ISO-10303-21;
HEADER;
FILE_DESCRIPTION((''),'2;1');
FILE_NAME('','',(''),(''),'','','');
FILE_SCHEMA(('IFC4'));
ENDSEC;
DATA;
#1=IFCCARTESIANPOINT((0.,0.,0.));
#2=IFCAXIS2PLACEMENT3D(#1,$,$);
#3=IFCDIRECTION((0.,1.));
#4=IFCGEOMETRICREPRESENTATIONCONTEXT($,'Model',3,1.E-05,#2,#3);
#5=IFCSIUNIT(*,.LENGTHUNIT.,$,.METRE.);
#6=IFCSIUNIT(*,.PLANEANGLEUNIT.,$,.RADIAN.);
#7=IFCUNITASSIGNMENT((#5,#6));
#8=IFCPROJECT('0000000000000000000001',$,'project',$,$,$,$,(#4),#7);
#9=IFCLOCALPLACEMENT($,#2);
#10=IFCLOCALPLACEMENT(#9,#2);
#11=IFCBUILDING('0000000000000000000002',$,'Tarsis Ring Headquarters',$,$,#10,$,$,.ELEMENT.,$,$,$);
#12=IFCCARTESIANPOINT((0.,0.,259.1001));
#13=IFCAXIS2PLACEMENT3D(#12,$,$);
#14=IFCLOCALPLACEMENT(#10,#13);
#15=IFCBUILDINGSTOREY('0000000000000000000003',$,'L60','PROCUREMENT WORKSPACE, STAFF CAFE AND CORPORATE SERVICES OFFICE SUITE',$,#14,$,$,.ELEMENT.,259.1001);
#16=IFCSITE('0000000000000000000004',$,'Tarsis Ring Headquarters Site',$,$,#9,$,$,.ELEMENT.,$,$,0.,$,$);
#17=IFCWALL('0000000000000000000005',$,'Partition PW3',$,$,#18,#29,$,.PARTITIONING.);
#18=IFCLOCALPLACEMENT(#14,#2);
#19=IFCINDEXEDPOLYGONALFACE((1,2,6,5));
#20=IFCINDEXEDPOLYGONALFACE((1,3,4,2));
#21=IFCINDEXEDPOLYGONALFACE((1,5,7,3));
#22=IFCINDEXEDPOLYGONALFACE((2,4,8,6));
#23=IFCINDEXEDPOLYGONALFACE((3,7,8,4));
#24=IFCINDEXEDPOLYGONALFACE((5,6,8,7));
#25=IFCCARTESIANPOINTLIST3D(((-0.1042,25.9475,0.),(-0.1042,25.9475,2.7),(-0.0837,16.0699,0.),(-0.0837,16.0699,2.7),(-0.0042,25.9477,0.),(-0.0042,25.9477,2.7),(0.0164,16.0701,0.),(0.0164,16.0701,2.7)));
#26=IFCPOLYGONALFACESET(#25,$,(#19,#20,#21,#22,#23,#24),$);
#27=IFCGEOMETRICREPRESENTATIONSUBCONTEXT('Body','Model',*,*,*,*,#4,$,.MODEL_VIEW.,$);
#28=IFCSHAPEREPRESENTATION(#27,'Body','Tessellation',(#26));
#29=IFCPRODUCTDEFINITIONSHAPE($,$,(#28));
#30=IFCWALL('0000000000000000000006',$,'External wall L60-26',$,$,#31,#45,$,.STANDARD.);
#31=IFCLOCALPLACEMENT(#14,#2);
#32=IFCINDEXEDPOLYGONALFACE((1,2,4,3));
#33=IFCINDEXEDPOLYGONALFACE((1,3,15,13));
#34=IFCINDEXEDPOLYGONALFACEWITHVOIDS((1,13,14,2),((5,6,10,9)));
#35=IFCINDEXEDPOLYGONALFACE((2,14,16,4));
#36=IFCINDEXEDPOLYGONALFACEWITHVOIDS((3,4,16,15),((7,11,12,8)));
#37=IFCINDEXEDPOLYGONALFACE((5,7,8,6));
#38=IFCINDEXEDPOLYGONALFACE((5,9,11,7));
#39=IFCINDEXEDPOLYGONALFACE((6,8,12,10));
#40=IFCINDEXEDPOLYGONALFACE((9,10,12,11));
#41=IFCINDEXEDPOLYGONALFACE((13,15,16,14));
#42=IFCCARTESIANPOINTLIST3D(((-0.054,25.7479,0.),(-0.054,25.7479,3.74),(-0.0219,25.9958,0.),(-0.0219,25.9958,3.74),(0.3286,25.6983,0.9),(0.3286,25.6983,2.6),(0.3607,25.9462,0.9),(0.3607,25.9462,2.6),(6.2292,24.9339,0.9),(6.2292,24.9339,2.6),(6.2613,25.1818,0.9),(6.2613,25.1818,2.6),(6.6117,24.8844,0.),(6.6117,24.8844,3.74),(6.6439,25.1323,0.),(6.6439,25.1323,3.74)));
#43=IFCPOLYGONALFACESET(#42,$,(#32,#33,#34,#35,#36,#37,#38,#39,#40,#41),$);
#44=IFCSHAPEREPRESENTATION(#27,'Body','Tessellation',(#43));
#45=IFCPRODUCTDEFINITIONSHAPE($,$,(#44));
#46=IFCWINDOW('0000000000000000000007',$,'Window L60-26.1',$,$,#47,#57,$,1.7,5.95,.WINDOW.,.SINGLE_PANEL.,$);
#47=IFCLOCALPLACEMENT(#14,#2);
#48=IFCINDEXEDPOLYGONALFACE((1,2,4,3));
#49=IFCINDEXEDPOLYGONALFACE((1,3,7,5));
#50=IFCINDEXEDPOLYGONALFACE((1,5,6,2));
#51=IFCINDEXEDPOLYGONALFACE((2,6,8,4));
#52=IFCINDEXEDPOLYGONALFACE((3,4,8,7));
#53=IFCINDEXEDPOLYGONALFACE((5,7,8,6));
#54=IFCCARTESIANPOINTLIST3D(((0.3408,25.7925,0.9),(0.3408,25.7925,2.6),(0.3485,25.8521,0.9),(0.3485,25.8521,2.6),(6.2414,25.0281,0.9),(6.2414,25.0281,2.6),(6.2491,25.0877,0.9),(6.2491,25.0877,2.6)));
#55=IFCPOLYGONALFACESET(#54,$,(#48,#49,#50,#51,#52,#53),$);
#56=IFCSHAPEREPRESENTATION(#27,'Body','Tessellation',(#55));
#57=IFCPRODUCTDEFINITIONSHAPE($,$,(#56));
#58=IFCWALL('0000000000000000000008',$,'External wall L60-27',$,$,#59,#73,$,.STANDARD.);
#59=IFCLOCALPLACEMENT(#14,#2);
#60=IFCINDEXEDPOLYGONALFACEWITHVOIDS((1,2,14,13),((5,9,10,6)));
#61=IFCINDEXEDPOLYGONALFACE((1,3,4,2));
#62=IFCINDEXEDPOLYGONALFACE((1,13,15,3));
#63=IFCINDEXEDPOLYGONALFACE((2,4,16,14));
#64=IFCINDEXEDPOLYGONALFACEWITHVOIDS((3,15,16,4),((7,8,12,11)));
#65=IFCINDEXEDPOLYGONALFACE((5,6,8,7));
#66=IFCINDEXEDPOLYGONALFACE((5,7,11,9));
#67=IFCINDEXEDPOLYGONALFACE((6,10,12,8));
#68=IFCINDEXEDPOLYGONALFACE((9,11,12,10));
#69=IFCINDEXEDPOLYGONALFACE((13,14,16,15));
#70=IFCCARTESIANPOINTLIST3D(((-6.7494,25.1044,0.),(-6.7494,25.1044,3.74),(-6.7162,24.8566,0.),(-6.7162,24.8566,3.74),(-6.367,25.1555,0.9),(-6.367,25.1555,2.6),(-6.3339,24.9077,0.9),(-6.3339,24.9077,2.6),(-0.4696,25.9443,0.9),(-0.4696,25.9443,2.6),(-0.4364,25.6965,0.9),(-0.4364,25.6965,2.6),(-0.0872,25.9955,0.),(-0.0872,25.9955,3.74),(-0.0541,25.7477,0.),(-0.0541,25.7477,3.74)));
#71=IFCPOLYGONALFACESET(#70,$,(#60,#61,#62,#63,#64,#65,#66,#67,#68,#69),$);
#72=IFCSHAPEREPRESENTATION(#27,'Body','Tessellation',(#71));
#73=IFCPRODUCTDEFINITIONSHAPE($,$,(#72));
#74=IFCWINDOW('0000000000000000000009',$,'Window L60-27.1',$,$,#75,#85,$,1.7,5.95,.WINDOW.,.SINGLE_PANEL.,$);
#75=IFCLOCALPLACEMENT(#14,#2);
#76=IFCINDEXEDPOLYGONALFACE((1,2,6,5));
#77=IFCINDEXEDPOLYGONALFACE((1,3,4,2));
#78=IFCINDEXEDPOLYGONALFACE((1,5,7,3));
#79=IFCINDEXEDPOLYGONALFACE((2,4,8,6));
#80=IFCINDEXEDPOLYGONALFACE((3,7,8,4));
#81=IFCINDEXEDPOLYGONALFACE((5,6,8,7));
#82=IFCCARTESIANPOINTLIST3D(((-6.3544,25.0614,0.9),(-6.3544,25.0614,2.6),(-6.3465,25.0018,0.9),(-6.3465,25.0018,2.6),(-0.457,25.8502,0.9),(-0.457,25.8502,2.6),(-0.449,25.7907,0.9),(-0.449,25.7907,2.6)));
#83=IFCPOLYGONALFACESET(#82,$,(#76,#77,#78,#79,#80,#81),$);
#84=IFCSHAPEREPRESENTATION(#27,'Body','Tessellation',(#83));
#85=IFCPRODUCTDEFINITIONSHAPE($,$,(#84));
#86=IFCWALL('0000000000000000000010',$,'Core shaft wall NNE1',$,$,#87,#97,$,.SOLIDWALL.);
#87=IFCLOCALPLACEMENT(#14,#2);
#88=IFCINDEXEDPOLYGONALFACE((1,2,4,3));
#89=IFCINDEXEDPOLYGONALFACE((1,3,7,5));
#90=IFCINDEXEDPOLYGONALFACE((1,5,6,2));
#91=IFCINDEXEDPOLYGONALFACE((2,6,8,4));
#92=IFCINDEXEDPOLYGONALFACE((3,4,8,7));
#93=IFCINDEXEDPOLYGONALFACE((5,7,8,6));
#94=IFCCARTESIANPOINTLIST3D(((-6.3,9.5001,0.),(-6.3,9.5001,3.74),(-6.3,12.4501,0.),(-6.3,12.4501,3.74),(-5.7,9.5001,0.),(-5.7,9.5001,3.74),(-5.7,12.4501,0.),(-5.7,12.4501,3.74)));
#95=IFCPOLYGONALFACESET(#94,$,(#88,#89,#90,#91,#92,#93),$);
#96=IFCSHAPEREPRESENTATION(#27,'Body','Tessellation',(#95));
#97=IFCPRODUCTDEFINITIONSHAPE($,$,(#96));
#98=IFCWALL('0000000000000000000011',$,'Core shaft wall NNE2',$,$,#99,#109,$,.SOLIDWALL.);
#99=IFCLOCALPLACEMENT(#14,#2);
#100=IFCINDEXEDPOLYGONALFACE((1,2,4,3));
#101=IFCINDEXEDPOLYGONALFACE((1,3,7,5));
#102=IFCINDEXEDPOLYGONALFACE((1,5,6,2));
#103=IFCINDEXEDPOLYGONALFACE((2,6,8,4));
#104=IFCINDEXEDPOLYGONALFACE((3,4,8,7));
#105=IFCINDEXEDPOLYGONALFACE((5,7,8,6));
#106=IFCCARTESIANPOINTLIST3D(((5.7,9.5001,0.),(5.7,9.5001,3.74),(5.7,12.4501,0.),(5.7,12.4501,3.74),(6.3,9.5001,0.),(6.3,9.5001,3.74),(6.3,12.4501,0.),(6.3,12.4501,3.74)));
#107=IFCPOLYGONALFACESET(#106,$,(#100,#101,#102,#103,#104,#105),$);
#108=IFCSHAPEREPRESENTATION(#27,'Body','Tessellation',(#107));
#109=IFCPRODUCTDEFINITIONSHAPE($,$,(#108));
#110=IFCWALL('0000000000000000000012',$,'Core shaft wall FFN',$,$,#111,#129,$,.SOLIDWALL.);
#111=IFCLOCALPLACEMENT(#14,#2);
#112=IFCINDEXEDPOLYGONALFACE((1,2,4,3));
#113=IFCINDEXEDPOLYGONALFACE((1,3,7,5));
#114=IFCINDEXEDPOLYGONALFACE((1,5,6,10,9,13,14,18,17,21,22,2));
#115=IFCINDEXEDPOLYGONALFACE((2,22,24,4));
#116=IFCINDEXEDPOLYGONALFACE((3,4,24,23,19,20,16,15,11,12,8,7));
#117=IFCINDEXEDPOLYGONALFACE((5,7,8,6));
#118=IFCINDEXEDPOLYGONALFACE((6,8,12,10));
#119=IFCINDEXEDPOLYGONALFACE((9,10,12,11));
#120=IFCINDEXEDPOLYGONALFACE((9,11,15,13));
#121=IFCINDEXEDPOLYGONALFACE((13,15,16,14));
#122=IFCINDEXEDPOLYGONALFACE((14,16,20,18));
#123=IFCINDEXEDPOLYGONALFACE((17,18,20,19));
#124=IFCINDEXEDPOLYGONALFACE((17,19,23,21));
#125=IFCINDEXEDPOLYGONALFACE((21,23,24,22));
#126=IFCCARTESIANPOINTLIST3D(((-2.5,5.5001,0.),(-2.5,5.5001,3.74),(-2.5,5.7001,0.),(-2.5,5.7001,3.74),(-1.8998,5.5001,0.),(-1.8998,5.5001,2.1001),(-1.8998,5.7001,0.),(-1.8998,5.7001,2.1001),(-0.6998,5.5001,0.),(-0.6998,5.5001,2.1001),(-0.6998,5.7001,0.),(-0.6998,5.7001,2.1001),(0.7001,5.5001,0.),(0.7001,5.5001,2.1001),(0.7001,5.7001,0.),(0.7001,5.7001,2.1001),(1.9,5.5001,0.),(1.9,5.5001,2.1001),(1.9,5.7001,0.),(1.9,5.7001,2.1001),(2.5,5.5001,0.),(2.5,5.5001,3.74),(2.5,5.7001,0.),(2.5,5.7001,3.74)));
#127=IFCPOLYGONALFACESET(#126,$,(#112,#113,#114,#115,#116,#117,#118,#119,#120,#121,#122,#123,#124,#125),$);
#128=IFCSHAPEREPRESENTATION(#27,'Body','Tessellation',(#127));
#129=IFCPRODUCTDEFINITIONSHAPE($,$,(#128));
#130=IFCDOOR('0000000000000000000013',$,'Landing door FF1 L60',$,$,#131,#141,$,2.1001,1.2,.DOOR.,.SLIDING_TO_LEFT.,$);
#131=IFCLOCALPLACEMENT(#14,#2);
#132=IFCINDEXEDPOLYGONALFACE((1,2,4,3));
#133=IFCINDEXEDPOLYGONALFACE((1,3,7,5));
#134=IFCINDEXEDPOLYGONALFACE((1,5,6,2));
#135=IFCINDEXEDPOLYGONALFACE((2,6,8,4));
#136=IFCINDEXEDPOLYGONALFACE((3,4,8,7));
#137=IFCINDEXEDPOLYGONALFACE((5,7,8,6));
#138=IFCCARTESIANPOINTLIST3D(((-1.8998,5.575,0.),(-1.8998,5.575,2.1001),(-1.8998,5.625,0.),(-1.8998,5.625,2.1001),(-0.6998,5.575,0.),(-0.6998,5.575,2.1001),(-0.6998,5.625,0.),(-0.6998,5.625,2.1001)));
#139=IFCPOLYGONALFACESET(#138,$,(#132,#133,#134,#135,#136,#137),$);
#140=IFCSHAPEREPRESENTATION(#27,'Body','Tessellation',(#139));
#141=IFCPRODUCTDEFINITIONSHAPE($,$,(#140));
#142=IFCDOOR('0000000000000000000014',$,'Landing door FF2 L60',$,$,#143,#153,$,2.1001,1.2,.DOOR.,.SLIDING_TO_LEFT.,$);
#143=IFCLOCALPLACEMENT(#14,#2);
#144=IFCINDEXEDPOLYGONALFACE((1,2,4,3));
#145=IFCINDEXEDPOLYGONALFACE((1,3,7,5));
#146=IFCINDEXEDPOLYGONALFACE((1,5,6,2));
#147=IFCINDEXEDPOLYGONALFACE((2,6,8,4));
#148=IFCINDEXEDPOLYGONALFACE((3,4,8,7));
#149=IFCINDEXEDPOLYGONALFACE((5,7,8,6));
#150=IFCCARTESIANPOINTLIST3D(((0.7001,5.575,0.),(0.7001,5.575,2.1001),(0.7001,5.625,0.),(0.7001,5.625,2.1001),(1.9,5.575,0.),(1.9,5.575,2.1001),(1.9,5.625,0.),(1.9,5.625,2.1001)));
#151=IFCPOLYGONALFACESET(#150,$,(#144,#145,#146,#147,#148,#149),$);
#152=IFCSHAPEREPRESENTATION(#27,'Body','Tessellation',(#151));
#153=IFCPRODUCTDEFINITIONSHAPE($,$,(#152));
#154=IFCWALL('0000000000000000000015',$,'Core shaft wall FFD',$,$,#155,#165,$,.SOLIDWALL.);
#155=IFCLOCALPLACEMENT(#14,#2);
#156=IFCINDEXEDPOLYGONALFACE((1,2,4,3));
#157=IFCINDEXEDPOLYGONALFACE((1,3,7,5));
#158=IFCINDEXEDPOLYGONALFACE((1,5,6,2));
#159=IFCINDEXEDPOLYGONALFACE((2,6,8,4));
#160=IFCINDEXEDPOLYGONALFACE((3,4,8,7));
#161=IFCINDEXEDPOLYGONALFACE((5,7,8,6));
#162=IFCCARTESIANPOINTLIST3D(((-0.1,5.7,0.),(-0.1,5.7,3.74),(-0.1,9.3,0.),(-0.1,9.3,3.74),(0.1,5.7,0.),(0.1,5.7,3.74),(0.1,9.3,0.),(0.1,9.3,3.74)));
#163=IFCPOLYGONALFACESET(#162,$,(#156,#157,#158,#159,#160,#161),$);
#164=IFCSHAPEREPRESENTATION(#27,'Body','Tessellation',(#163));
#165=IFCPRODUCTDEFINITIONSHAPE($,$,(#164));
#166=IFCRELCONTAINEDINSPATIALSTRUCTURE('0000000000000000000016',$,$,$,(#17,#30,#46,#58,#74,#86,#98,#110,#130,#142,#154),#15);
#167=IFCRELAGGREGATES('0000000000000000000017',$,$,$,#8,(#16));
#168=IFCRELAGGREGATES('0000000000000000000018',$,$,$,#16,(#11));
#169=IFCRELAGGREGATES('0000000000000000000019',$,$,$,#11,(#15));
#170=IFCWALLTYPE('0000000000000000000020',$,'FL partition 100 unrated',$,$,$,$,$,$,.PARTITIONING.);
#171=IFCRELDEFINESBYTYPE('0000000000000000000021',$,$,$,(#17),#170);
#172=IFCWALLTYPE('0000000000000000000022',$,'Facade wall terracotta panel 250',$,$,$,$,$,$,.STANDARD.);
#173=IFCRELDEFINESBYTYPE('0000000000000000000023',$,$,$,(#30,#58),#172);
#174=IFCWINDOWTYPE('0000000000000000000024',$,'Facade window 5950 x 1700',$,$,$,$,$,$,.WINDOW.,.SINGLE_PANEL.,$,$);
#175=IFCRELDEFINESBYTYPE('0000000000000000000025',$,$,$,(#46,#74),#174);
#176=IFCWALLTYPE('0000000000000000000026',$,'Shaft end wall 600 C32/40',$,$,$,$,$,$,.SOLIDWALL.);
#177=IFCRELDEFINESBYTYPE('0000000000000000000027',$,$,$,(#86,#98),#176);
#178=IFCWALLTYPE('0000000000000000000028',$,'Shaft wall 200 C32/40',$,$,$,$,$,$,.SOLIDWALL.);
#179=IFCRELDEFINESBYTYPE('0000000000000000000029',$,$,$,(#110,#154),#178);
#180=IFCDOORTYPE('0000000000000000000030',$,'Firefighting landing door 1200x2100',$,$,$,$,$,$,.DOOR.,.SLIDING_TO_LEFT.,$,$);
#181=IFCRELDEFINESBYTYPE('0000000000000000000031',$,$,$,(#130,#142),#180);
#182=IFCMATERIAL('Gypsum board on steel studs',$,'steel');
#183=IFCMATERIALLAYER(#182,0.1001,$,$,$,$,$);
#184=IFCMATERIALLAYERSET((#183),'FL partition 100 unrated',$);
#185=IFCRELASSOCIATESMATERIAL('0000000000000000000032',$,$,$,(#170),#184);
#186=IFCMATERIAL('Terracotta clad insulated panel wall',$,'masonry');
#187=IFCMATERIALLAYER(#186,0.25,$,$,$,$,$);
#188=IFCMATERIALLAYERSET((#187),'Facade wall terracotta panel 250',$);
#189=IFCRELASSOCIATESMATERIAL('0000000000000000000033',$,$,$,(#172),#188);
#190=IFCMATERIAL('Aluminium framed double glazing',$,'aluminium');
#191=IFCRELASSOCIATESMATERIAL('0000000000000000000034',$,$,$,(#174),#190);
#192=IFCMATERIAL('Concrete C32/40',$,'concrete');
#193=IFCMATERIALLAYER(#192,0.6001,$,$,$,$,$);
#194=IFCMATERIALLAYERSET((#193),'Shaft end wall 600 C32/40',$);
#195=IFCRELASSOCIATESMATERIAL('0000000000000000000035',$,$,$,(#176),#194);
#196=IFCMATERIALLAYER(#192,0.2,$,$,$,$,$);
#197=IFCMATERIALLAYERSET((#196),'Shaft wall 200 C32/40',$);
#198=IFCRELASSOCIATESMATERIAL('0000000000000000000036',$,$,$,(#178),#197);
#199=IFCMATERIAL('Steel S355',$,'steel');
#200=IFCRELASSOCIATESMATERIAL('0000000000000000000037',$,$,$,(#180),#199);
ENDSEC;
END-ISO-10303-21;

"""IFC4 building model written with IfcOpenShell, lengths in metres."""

from ifc_helpers import new_model, si_unit, direction, frame, frame_2d, origin, place, context, subcontext, project, spatial, rectangle, extrude, material, layer, layer_set, type_object, element, fill, save


model = new_model("IFC4")

# Units and contexts
model_context = context("Model", 3, precision=1e-05, world=origin(), true_north=direction((0.0, 1.0)))
body_context = subcontext(model_context, "Body", "Model", "MODEL_VIEW")
ifc_project = project(units=[si_unit("LENGTHUNIT", "METRE"), si_unit("PLANEANGLEUNIT", "RADIAN")], contexts=[model_context])

# Site, building, storey
site_placement = place(None, origin())
site = spatial("IfcSite", under=ifc_project, at=site_placement, Name="Tarsis Ring Headquarters Site", CompositionType="ELEMENT", RefElevation=0.0)
building_placement = place(site_placement, origin())
building = spatial("IfcBuilding", under=site, at=building_placement, Name="Tarsis Ring Headquarters", CompositionType="ELEMENT")
storey_placement = place(building_placement, frame((0.0, 0.0, 259.1001)))
storey = spatial("IfcBuildingStorey", under=building, at=storey_placement, Name="L60", Description="PROCUREMENT WORKSPACE, STAFF CAFE AND CORPORATE SERVICES OFFICE SUITE", CompositionType="ELEMENT", Elevation=259.1001)

# Wall
ifc_material_1 = material(Name="Gypsum board on steel studs", Category="steel")
ifc_layer_1 = layer(ifc_material_1, 0.1001)
ifc_layer_set_1 = layer_set([ifc_layer_1], Name="FL partition 100 unrated")
wall_type_1 = type_object("IfcWallType", Name="FL partition 100 unrated", PredefinedType="PARTITIONING", material=ifc_layer_set_1)
wall_1_placement = place(storey_placement, frame((-0.0542, 25.9478, 0.0), z_axis=(0.0, 0.0, 1.0), x_axis=(0.002076, -0.999998, 0.0)))
element("IfcWall", 1, at=wall_1_placement, inside=storey, type_object=wall_type_1, Name="Partition PW3", PredefinedType="PARTITIONING", context=body_context, shape_type="SweptSolid", body=[
    extrude(rectangle(XDim=9.8777, YDim=0.1001, at=frame_2d((4.939, 0.0))), origin(), (0.0, 0.0, 1.0), 2.7),
])

# Walls, openings, windows
ifc_material_2 = material(Name="Terracotta clad insulated panel wall", Category="masonry")
ifc_layer_2 = layer(ifc_material_2, 0.25)
ifc_layer_set_2 = layer_set([ifc_layer_2], Name="Facade wall terracotta panel 250")
wall_type_2 = type_object("IfcWallType", Name="Facade wall terracotta panel 250", PredefinedType="STANDARD", material=ifc_layer_set_2)
wall_2_placement = place(storey_placement, frame((6.6279, 25.0083, 0.0), z_axis=(0.0, 0.0, 1.0), x_axis=(-0.991713, 0.128473, 0.0)))
wall_2 = element("IfcWall", 2, at=wall_2_placement, inside=storey, type_object=wall_type_2, Name="External wall L60-26", PredefinedType="STANDARD", context=body_context, shape_type="SweptSolid", body=[
    extrude(rectangle(XDim=6.7214, YDim=0.25, at=frame_2d((3.3608, 0.0))), origin(), (0.0, 0.0, 1.0), 3.74),
])
opening_1_placement = place(wall_2_placement, frame((0.3857, 0.0, 0.8999)))
opening_1 = element("IfcOpeningElement", 3, at=opening_1_placement, cuts=wall_2, PredefinedType="OPENING", context=body_context, shape_type="SweptSolid", body=[
    extrude(rectangle(XDim=5.95, YDim=1.7, at=frame_2d((2.9751, 0.8501))), frame((0.0, 0.135, 0.0), z_axis=(0.0, -1.0, 0.0), x_axis=(1.0, 0.0, 0.0)), (0.0, 0.0, 1.0), 0.27),
])
ifc_material_3 = material(Name="Aluminium framed double glazing", Category="aluminium")
window_type = type_object("IfcWindowType", Name="Facade window 5950 x 1700", PartitioningType="SINGLE_PANEL", PredefinedType="WINDOW", material=ifc_material_3)
window_1_placement = place(opening_1_placement, origin())
window_1 = element("IfcWindow", 4, at=window_1_placement, inside=storey, type_object=window_type, Name="Window L60-26.1", OverallHeight=1.7, OverallWidth=5.95, PartitioningType="SINGLE_PANEL", PredefinedType="WINDOW", context=body_context, shape_type="SweptSolid", body=[
    extrude(rectangle(XDim=5.95, YDim=1.7, at=frame_2d((2.9751, 0.8501))), frame((0.0, 0.03, 0.0), z_axis=(0.0, -1.0, 0.0), x_axis=(1.0, 0.0, 0.0)), (0.0, 0.0, 1.0), 0.0601),
])
fill(opening_1, window_1)
wall_3_placement = place(storey_placement, frame((-0.0706, 25.8716, 0.0), z_axis=(0.0, 0.0, 1.0), x_axis=(-0.991173, -0.132578, 0.0)))
wall_3 = element("IfcWall", 5, at=wall_3_placement, inside=storey, type_object=wall_type_2, Name="External wall L60-27", PredefinedType="STANDARD", context=body_context, shape_type="SweptSolid", body=[
    extrude(rectangle(XDim=6.7214, YDim=0.25, at=frame_2d((3.3608, 0.0))), origin(), (0.0, 0.0, 1.0), 3.74),
])
opening_2_placement = place(wall_3_placement, frame((0.3857, 0.0, 0.8999)))
opening_2 = element("IfcOpeningElement", 6, at=opening_2_placement, cuts=wall_3, PredefinedType="OPENING", context=body_context, shape_type="SweptSolid", body=[
    extrude(rectangle(XDim=5.95, YDim=1.7, at=frame_2d((2.9751, 0.8501))), frame((0.0, 0.135, 0.0), z_axis=(0.0, -1.0, 0.0), x_axis=(1.0, 0.0, 0.0)), (0.0, 0.0, 1.0), 0.27),
])
window_2_placement = place(opening_2_placement, origin())
window_2 = element("IfcWindow", 7, at=window_2_placement, inside=storey, type_object=window_type, Name="Window L60-27.1", OverallHeight=1.7, OverallWidth=5.95, PartitioningType="SINGLE_PANEL", PredefinedType="WINDOW", context=body_context, shape_type="SweptSolid", body=[
    extrude(rectangle(XDim=5.95, YDim=1.7, at=frame_2d((2.9751, 0.8501))), frame((0.0, 0.03, 0.0), z_axis=(0.0, -1.0, 0.0), x_axis=(1.0, 0.0, 0.0)), (0.0, 0.0, 1.0), 0.0601),
])
fill(opening_2, window_2)

# Walls
ifc_material_4 = material(Name="Concrete C32/40", Category="concrete")
ifc_layer_3 = layer(ifc_material_4, 0.6001)
ifc_layer_set_3 = layer_set([ifc_layer_3], Name="Shaft end wall 600 C32/40")
wall_type_3 = type_object("IfcWallType", Name="Shaft end wall 600 C32/40", PredefinedType="SOLIDWALL", material=ifc_layer_set_3)
for number, where, z_axis, x_axis, name in (
    (8, (-6.0, 9.5, 0.0), (0.0, 0.0, 1.0), (0.0, 1.0, 0.0), "Core shaft wall NNE1"),
    (9, (6.0, 9.5, 0.0), (0.0, 0.0, 1.0), (0.0, 1.0, 0.0), "Core shaft wall NNE2"),
):
    element("IfcWall", number, at=place(storey_placement, frame(where, z_axis=z_axis, x_axis=x_axis)), inside=storey, type_object=wall_type_3, Name=name, PredefinedType="SOLIDWALL", context=body_context, shape_type="SweptSolid", body=[
        extrude(rectangle(XDim=2.95, YDim=0.6001, at=frame_2d((1.4751, 0.0))), origin(), (0.0, 0.0, 1.0), 3.74),
    ])

# Wall, openings, doors
ifc_layer_4 = layer(ifc_material_4, 0.2)
ifc_layer_set_4 = layer_set([ifc_layer_4], Name="Shaft wall 200 C32/40")
wall_type_4 = type_object("IfcWallType", Name="Shaft wall 200 C32/40", PredefinedType="SOLIDWALL", material=ifc_layer_set_4)
wall_4_placement = place(storey_placement, frame((-2.5, 5.6001, 0.0), z_axis=(0.0, 0.0, 1.0), x_axis=(1.0, 0.0, 0.0)))
wall_4 = element("IfcWall", 10, at=wall_4_placement, inside=storey, type_object=wall_type_4, Name="Core shaft wall FFN", PredefinedType="SOLIDWALL", context=body_context, shape_type="SweptSolid", body=[
    extrude(rectangle(XDim=5.0, YDim=0.2, at=frame_2d((2.5, 0.0))), origin(), (0.0, 0.0, 1.0), 3.74),
])
opening_3_placement = place(wall_4_placement, frame((0.6001, 0.0, 0.0)))
opening_3 = element("IfcOpeningElement", 11, at=opening_3_placement, cuts=wall_4, PredefinedType="OPENING", context=body_context, shape_type="SweptSolid", body=[
    extrude(rectangle(XDim=1.2, YDim=2.1001, at=frame_2d((0.6001, 1.05))), frame((0.0, 0.1099, 0.0), z_axis=(0.0, -1.0, 0.0), x_axis=(1.0, 0.0, 0.0)), (0.0, 0.0, 1.0), 0.22),
])
opening_4_placement = place(wall_4_placement, frame((3.2, 0.0, 0.0)))
opening_4 = element("IfcOpeningElement", 12, at=opening_4_placement, cuts=wall_4, PredefinedType="OPENING", context=body_context, shape_type="SweptSolid", body=[
    extrude(rectangle(XDim=1.2, YDim=2.1001, at=frame_2d((0.6001, 1.05))), frame((0.0, 0.1099, 0.0), z_axis=(0.0, -1.0, 0.0), x_axis=(1.0, 0.0, 0.0)), (0.0, 0.0, 1.0), 0.22),
])
ifc_material_5 = material(Name="Steel S355", Category="steel")
door_type = type_object("IfcDoorType", Name="Firefighting landing door 1200x2100", OperationType="SLIDING_TO_LEFT", PredefinedType="DOOR", material=ifc_material_5)
door_1_placement = place(opening_3_placement, origin())
door_1 = element("IfcDoor", 13, at=door_1_placement, inside=storey, type_object=door_type, Name="Landing door FF1 L60", OperationType="SLIDING_TO_LEFT", OverallHeight=2.1001, OverallWidth=1.2, PredefinedType="DOOR", context=body_context, shape_type="SweptSolid", body=[
    extrude(rectangle(XDim=1.2, YDim=2.1001, at=frame_2d((0.6001, 1.05))), frame((0.0, 0.0249, 0.0), z_axis=(0.0, -1.0, 0.0), x_axis=(1.0, 0.0, 0.0)), (0.0, 0.0, 1.0), 0.05),
])
fill(opening_3, door_1)
door_2_placement = place(opening_4_placement, origin())
door_2 = element("IfcDoor", 14, at=door_2_placement, inside=storey, type_object=door_type, Name="Landing door FF2 L60", OperationType="SLIDING_TO_LEFT", OverallHeight=2.1001, OverallWidth=1.2, PredefinedType="DOOR", context=body_context, shape_type="SweptSolid", body=[
    extrude(rectangle(XDim=1.2, YDim=2.1001, at=frame_2d((0.6001, 1.05))), frame((0.0, 0.0249, 0.0), z_axis=(0.0, -1.0, 0.0), x_axis=(1.0, 0.0, 0.0)), (0.0, 0.0, 1.0), 0.05),
])
fill(opening_4, door_2)

# Wall
wall_5_placement = place(storey_placement, frame((0.0, 5.7, 0.0), z_axis=(0.0, 0.0, 1.0), x_axis=(0.0, 1.0, 0.0)))
element("IfcWall", 15, at=wall_5_placement, inside=storey, type_object=wall_type_4, Name="Core shaft wall FFD", PredefinedType="SOLIDWALL", context=body_context, shape_type="SweptSolid", body=[
    extrude(rectangle(XDim=3.6001, YDim=0.2, at=frame_2d((1.8, 0.0))), origin(), (0.0, 0.0, 1.0), 3.74),
])

save(model, "model.ifc")
